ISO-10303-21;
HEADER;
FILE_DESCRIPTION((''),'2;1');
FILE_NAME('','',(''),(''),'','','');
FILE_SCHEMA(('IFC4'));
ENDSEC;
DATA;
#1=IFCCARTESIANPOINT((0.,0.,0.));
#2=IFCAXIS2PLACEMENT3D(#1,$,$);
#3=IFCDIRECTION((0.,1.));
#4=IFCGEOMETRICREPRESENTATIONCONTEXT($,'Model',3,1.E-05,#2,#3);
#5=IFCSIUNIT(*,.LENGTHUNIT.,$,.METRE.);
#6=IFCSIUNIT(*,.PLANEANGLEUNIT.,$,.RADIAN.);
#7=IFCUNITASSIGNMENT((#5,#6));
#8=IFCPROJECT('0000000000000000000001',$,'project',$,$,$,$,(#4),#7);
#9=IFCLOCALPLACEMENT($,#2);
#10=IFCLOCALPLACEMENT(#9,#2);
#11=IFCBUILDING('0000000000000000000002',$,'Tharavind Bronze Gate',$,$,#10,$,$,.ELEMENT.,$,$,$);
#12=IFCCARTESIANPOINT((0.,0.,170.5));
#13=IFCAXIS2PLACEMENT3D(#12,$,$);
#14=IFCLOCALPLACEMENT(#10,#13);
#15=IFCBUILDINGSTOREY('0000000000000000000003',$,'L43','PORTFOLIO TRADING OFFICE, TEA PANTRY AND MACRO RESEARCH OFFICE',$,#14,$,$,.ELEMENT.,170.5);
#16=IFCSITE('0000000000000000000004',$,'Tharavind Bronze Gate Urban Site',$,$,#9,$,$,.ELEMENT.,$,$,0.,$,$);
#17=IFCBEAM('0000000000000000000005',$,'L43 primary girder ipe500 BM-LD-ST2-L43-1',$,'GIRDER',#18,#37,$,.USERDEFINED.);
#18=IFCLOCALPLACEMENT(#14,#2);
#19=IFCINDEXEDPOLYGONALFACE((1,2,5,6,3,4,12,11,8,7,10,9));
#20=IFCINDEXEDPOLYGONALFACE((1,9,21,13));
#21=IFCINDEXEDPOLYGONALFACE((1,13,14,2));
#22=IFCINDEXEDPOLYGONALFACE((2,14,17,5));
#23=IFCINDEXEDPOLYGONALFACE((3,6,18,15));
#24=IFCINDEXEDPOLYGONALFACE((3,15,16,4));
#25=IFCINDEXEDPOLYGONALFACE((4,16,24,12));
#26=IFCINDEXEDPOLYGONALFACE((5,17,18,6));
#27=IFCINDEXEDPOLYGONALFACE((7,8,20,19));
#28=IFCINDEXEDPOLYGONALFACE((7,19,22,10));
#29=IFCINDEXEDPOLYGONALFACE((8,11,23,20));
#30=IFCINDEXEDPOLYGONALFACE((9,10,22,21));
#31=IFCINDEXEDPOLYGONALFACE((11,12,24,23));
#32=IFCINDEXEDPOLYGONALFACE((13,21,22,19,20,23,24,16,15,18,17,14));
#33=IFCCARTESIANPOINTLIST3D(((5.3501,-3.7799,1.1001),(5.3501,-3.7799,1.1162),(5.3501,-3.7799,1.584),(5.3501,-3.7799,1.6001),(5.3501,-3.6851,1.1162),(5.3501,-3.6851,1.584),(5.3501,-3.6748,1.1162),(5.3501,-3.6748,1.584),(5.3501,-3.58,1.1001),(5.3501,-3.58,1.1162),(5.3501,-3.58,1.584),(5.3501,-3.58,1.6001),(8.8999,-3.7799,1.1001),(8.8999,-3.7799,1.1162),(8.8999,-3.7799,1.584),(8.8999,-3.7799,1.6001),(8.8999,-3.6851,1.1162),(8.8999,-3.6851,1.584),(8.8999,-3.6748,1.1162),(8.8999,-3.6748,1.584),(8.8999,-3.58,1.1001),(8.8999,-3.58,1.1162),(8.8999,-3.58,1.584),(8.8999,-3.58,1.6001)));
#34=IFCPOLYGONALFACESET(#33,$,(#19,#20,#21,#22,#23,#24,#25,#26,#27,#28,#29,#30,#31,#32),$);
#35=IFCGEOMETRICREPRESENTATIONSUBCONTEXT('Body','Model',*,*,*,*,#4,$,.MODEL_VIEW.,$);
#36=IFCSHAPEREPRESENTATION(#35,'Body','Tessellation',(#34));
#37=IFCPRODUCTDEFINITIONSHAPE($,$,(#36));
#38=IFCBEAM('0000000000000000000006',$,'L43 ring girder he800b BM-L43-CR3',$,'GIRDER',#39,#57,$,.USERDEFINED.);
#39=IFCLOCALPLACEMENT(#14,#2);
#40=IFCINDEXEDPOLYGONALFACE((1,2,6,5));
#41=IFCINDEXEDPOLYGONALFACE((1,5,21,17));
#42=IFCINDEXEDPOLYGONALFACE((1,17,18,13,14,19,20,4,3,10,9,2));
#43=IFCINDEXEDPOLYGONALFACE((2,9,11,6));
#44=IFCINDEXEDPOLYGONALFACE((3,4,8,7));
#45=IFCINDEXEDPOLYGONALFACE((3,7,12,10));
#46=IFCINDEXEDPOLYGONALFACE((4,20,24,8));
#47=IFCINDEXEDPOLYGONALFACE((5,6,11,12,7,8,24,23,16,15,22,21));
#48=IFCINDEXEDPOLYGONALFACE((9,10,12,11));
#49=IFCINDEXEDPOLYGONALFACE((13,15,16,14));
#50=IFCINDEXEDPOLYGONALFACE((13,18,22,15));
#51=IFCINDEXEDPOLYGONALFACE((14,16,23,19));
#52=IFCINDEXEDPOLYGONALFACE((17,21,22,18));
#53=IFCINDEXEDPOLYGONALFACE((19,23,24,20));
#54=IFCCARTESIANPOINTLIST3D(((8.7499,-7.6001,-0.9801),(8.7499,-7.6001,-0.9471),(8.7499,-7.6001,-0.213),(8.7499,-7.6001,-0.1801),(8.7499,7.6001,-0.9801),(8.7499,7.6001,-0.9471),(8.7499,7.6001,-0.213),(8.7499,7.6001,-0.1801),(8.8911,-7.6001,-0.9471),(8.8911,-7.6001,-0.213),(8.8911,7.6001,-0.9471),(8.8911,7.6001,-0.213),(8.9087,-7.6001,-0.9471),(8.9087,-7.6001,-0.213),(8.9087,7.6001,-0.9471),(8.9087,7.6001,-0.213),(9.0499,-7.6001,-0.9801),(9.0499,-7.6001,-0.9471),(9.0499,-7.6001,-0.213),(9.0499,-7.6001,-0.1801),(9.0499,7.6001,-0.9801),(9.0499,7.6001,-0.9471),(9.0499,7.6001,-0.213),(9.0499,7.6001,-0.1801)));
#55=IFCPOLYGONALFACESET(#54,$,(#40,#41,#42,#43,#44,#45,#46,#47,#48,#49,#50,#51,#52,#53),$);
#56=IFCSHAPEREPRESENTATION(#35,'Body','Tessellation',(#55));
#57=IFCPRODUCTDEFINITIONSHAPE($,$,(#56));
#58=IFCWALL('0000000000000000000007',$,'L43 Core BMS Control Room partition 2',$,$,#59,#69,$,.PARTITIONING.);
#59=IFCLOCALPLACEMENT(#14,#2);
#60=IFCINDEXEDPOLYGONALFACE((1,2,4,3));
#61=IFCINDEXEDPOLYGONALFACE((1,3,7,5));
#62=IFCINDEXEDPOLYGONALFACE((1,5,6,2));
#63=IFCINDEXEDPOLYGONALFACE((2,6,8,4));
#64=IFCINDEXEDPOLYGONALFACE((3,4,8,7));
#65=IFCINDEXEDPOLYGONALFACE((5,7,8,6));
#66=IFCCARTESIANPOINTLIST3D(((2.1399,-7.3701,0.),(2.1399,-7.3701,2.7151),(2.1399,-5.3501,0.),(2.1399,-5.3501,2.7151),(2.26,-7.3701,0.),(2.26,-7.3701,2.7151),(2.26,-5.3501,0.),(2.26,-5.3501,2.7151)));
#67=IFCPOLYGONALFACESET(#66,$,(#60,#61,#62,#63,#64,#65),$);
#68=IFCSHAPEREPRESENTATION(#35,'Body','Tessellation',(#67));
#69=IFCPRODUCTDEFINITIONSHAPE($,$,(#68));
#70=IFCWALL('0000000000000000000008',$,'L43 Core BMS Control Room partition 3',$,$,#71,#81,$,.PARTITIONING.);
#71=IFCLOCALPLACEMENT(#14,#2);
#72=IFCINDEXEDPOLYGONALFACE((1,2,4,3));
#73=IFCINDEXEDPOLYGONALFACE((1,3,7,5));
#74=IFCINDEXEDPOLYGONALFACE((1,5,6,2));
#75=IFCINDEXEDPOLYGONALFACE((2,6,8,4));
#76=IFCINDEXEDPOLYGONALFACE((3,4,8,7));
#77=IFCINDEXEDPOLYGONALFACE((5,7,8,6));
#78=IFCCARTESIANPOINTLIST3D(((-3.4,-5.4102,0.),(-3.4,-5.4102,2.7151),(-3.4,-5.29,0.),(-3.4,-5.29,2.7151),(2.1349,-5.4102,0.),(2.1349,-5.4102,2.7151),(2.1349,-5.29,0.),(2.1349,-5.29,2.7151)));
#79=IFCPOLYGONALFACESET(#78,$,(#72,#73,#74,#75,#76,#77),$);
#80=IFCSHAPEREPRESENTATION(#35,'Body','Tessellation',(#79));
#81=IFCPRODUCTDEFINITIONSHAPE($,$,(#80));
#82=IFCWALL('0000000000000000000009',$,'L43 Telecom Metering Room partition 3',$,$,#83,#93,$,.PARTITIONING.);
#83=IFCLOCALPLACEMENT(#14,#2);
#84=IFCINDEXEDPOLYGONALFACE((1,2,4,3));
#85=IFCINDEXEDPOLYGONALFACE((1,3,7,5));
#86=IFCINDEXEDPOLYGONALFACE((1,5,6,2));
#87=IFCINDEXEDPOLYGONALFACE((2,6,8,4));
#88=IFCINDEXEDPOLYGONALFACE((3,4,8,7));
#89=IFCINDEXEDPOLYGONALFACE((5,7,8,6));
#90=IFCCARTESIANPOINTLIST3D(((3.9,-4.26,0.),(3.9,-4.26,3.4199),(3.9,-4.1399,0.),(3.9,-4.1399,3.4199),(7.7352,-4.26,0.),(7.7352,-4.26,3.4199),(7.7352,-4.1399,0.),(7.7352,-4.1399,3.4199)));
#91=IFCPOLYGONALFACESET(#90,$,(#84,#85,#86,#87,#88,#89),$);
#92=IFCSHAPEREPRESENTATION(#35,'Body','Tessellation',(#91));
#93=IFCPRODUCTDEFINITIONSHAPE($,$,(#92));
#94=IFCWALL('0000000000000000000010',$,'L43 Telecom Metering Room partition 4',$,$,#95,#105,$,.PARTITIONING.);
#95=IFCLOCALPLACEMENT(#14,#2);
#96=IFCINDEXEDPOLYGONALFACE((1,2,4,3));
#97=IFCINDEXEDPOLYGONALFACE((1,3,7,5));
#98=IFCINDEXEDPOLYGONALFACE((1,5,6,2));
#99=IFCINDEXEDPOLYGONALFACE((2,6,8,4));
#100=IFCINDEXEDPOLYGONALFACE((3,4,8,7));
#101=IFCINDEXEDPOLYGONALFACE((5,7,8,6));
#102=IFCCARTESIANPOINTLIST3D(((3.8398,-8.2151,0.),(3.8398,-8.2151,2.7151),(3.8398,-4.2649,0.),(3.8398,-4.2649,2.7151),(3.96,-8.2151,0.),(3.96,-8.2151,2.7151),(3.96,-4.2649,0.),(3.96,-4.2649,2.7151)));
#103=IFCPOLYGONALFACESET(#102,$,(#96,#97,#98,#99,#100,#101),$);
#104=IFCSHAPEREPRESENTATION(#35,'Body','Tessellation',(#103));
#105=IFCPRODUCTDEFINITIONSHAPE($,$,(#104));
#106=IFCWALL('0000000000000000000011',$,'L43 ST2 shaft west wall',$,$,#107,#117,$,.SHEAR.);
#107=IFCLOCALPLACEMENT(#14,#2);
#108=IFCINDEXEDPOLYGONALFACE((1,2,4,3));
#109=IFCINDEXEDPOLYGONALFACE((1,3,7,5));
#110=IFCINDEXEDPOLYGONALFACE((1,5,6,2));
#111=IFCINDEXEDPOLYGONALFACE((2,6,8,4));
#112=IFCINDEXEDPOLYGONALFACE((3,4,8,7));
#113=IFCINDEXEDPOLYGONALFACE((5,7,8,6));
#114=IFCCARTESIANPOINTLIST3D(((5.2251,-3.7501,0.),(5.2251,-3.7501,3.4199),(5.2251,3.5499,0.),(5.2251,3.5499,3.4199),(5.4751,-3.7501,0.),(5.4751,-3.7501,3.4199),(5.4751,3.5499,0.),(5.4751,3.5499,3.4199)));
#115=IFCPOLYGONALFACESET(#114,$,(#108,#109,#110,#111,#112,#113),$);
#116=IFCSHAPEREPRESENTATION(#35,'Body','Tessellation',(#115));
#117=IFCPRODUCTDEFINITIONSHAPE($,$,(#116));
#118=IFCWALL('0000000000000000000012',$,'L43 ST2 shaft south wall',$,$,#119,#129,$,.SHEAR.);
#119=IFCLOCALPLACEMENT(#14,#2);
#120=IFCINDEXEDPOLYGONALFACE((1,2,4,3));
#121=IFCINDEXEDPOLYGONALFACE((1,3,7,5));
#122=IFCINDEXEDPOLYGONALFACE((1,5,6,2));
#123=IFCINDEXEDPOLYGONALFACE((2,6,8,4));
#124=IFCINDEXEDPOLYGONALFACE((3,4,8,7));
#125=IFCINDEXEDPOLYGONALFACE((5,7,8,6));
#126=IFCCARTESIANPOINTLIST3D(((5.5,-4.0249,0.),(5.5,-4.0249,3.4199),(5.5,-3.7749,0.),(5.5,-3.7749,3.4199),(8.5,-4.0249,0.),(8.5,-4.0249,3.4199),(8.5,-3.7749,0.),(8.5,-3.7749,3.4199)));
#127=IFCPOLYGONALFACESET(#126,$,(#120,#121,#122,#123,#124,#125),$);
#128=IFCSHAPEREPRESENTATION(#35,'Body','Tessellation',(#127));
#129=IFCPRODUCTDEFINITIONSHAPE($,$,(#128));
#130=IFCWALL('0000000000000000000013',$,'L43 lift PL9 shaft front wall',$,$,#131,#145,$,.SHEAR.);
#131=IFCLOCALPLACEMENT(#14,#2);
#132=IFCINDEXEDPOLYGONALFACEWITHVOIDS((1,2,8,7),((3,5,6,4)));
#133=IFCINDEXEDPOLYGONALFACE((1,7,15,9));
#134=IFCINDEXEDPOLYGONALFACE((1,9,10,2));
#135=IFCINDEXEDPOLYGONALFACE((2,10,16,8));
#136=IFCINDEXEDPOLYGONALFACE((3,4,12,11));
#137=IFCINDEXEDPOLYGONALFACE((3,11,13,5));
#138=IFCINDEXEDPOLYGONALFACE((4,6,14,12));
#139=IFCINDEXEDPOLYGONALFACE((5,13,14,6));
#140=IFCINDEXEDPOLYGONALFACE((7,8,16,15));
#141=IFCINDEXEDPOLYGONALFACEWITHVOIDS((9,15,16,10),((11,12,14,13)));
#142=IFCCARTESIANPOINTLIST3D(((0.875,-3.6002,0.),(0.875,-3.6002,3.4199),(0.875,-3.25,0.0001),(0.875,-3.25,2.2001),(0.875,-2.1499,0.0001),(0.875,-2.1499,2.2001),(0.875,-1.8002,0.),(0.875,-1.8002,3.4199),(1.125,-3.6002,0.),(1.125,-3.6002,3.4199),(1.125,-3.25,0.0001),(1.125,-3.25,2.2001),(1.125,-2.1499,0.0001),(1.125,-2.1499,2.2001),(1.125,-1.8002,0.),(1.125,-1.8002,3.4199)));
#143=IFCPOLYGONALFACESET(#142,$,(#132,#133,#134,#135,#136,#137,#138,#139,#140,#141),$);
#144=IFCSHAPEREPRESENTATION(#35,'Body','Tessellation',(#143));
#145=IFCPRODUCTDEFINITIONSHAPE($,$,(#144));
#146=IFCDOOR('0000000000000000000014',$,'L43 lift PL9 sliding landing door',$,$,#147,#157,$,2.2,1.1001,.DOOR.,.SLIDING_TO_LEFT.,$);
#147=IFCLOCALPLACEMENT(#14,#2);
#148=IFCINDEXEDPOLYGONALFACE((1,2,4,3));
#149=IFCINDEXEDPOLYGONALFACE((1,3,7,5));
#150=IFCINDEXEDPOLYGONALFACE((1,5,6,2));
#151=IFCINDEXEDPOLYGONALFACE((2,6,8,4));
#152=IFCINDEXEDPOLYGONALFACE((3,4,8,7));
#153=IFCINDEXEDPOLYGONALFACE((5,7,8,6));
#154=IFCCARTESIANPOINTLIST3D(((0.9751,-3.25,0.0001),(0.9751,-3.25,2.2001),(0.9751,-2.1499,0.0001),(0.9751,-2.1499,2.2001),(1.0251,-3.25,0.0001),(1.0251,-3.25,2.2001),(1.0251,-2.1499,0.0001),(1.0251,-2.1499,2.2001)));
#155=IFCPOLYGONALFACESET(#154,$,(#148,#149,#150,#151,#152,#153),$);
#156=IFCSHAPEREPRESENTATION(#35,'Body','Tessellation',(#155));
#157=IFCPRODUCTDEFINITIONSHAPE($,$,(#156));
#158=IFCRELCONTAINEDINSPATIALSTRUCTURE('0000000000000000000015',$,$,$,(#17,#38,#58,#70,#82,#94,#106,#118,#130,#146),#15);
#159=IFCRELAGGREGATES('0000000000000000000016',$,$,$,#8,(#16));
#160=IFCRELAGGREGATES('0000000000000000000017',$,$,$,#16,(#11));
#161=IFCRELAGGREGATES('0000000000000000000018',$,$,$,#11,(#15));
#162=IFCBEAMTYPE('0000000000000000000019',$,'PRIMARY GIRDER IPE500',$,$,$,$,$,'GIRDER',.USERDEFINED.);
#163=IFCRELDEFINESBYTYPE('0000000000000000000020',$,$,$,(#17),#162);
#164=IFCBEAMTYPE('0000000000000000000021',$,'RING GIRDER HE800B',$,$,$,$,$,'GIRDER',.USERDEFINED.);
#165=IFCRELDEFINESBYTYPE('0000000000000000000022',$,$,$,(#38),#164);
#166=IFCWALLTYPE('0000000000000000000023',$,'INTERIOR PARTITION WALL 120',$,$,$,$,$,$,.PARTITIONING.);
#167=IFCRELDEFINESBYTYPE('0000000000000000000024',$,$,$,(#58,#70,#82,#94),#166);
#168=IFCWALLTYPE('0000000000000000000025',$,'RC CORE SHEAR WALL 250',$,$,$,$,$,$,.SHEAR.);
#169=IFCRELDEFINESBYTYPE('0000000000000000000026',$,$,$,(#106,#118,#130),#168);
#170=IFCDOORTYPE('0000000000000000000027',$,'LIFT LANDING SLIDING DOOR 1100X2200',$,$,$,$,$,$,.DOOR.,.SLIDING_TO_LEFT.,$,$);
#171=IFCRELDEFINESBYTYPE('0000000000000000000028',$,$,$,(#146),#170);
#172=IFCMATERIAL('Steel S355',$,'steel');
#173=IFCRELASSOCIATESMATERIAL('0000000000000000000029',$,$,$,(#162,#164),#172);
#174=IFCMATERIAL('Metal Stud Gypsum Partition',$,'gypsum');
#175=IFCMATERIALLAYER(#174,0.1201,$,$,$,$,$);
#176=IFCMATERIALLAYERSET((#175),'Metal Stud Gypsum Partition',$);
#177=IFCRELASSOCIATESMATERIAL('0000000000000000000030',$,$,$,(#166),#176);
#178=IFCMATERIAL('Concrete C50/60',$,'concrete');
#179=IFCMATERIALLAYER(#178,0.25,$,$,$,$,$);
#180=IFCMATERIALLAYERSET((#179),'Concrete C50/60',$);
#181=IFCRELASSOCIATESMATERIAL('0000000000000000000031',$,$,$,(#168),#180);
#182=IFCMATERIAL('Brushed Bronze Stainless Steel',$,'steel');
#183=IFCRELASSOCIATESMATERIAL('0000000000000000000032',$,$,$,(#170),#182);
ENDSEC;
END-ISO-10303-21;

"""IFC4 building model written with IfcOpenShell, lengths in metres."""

from ifc_helpers import new_model, si_unit, direction, frame, frame_2d, origin, origin_2d, place, context, subcontext, project, spatial, rectangle, i_section, extrude, material, layer, layer_set, material_profile, profile_set, type_object, element, fill, save


model = new_model("IFC4")

# Units and contexts
model_context = context("Model", 3, precision=1e-05, world=origin(), true_north=direction((0.0, 1.0)))
body_context = subcontext(model_context, "Body", "Model", "MODEL_VIEW")
ifc_project = project(units=[si_unit("LENGTHUNIT", "METRE"), si_unit("PLANEANGLEUNIT", "RADIAN")], contexts=[model_context])

# Site, building, storey
site_placement = place(None, origin())
site = spatial("IfcSite", under=ifc_project, at=site_placement, Name="Tharavind Bronze Gate Urban Site", CompositionType="ELEMENT", RefElevation=0.0)
building_placement = place(site_placement, origin())
building = spatial("IfcBuilding", under=site, at=building_placement, Name="Tharavind Bronze Gate", CompositionType="ELEMENT")
storey_placement = place(building_placement, frame((0.0, 0.0, 170.5)))
storey = spatial("IfcBuildingStorey", under=building, at=storey_placement, Name="L43", Description="PORTFOLIO TRADING OFFICE, TEA PANTRY AND MACRO RESEARCH OFFICE", CompositionType="ELEMENT", Elevation=170.5)

# Beams
ifc_material_1 = material(Name="Steel S355", Category="steel")
ifc_material_profile_1 = material_profile(ifc_material_1, i_section(OverallWidth=0.2, OverallDepth=0.5, WebThickness=0.0103, FlangeThickness=0.0161, at=origin_2d()), Name="IPE500")
ifc_profile_set_1 = profile_set([ifc_material_profile_1], Name="Steel S355")
beam_type_1 = type_object("IfcBeamType", Name="PRIMARY GIRDER IPE500", ElementType="GIRDER", PredefinedType="USERDEFINED", material=ifc_profile_set_1)
beam_1_placement = place(storey_placement, frame((5.3501, -3.6799, 1.3501), z_axis=(1.0, 0.0, 0.0), x_axis=(0.0, 1.0, 0.0)))
element("IfcBeam", 1, at=beam_1_placement, inside=storey, type_object=beam_type_1, Name="L43 primary girder ipe500 BM-LD-ST2-L43-1", ObjectType="GIRDER", PredefinedType="USERDEFINED", context=body_context, shape_type="SweptSolid", body=[
    extrude(i_section(OverallWidth=0.2, OverallDepth=0.5, WebThickness=0.0103, FlangeThickness=0.0161, at=origin_2d()), origin(), (0.0, 0.0, 1.0), 3.5498),
])
ifc_material_profile_2 = material_profile(ifc_material_1, i_section(OverallWidth=0.3, OverallDepth=0.8, WebThickness=0.0176, FlangeThickness=0.033, at=origin_2d()), Name="HE800B")
ifc_profile_set_2 = profile_set([ifc_material_profile_2], Name="Steel S355")
beam_type_2 = type_object("IfcBeamType", Name="RING GIRDER HE800B", ElementType="GIRDER", PredefinedType="USERDEFINED", material=ifc_profile_set_2)
beam_2_placement = place(storey_placement, frame((8.8999, -7.6001, -0.5801), z_axis=(0.0, 1.0, 0.0), x_axis=(-1.0, 0.0, 0.0)))
element("IfcBeam", 2, at=beam_2_placement, inside=storey, type_object=beam_type_2, Name="L43 ring girder he800b BM-L43-CR3", ObjectType="GIRDER", PredefinedType="USERDEFINED", context=body_context, shape_type="SweptSolid", body=[
    extrude(i_section(OverallWidth=0.3, OverallDepth=0.8, WebThickness=0.0176, FlangeThickness=0.033, at=origin_2d()), origin(), (0.0, 0.0, 1.0), 15.2002),
])

# Walls
ifc_material_2 = material(Name="Metal Stud Gypsum Partition", Category="gypsum")
ifc_layer_1 = layer(ifc_material_2, 0.1201)
ifc_layer_set_1 = layer_set([ifc_layer_1], Name="Metal Stud Gypsum Partition")
wall_type_1 = type_object("IfcWallType", Name="INTERIOR PARTITION WALL 120", PredefinedType="PARTITIONING", material=ifc_layer_set_1)
wall_1_placement = place(storey_placement, frame((2.2, -7.3701, 0.0), z_axis=(0.0, 0.0, 1.0), x_axis=(0.0, 1.0, 0.0)))
element("IfcWall", 3, at=wall_1_placement, inside=storey, type_object=wall_type_1, Name="L43 Core BMS Control Room partition 2", PredefinedType="PARTITIONING", context=body_context, shape_type="SweptSolid", body=[
    extrude(rectangle(XDim=2.02, YDim=0.1201, at=frame_2d((1.01, 0.0))), origin(), (0.0, 0.0, 1.0), 2.7151),
])
wall_2_placement = place(storey_placement, frame((2.135, -5.3501, 0.0), z_axis=(0.0, 0.0, 1.0), x_axis=(-1.0, 0.0, 0.0)))
element("IfcWall", 4, at=wall_2_placement, inside=storey, type_object=wall_type_1, Name="L43 Core BMS Control Room partition 3", PredefinedType="PARTITIONING", context=body_context, shape_type="SweptSolid", body=[
    extrude(rectangle(XDim=5.5349, YDim=0.1201, at=frame_2d((2.7676, 0.0))), origin(), (0.0, 0.0, 1.0), 2.7151),
])
wall_3_placement = place(storey_placement, frame((7.7351, -4.2, 0.0), z_axis=(0.0, 0.0, 1.0), x_axis=(-1.0, 0.0, 0.0)))
element("IfcWall", 5, at=wall_3_placement, inside=storey, type_object=wall_type_1, Name="L43 Telecom Metering Room partition 3", PredefinedType="PARTITIONING", context=body_context, shape_type="SweptSolid", body=[
    extrude(rectangle(XDim=3.8352, YDim=0.1201, at=frame_2d((1.9175, 0.0))), origin(), (0.0, 0.0, 1.0), 3.4199),
])
wall_4_placement = place(storey_placement, frame((3.8999, -4.2649, 0.0), z_axis=(0.0, 0.0, 1.0), x_axis=(0.0, -1.0, 0.0)))
element("IfcWall", 6, at=wall_4_placement, inside=storey, type_object=wall_type_1, Name="L43 Telecom Metering Room partition 4", PredefinedType="PARTITIONING", context=body_context, shape_type="SweptSolid", body=[
    extrude(rectangle(XDim=3.9502, YDim=0.1201, at=frame_2d((1.9751, 0.0))), origin(), (0.0, 0.0, 1.0), 2.7151),
])
ifc_material_3 = material(Name="Concrete C50/60", Category="concrete")
ifc_layer_2 = layer(ifc_material_3, 0.25)
ifc_layer_set_2 = layer_set([ifc_layer_2], Name="Concrete C50/60")
wall_type_2 = type_object("IfcWallType", Name="RC CORE SHEAR WALL 250", PredefinedType="SHEAR", material=ifc_layer_set_2)
wall_5_placement = place(storey_placement, frame((5.3501, -3.75, 0.0), z_axis=(0.0, 0.0, 1.0), x_axis=(0.0, 1.0, 0.0)))
element("IfcWall", 7, at=wall_5_placement, inside=storey, type_object=wall_type_2, Name="L43 ST2 shaft west wall", PredefinedType="SHEAR", context=body_context, shape_type="SweptSolid", body=[
    extrude(rectangle(XDim=7.3, YDim=0.25, at=frame_2d((3.6499, 0.0))), origin(), (0.0, 0.0, 1.0), 3.4199),
])
wall_6_placement = place(storey_placement, frame((5.5, -3.8999, 0.0), z_axis=(0.0, 0.0, 1.0), x_axis=(1.0, 0.0, 0.0)))
element("IfcWall", 8, at=wall_6_placement, inside=storey, type_object=wall_type_2, Name="L43 ST2 shaft south wall", PredefinedType="SHEAR", context=body_context, shape_type="SweptSolid", body=[
    extrude(rectangle(XDim=3.0, YDim=0.25, at=frame_2d((1.5, 0.0))), origin(), (0.0, 0.0, 1.0), 3.4199),
])

# Wall, opening, door
wall_7_placement = place(storey_placement, frame((1.0, -3.6001, 0.0), z_axis=(0.0, 0.0, 1.0), x_axis=(0.0, 1.0, 0.0)))
wall_7 = element("IfcWall", 9, at=wall_7_placement, inside=storey, type_object=wall_type_2, Name="L43 lift PL9 shaft front wall", PredefinedType="SHEAR", context=body_context, shape_type="SweptSolid", body=[
    extrude(rectangle(XDim=1.8, YDim=0.25, at=frame_2d((0.8999, 0.0))), origin(), (0.0, 0.0, 1.0), 3.4199),
])
opening_1_placement = place(wall_7_placement, frame((0.3501, 0.0, 0.0)))
opening_1 = element("IfcOpeningElement", 10, at=opening_1_placement, cuts=wall_7, PredefinedType="OPENING", context=body_context, shape_type="SweptSolid", body=[
    extrude(rectangle(XDim=1.1001, YDim=2.2, at=frame_2d((0.55, 1.1001))), frame((0.0, 0.135, 0.0), z_axis=(0.0, -1.0, 0.0), x_axis=(1.0, 0.0, 0.0)), (0.0, 0.0, 1.0), 0.27),
])
ifc_material_4 = material(Name="Brushed Bronze Stainless Steel", Category="steel")
door_type = type_object("IfcDoorType", Name="LIFT LANDING SLIDING DOOR 1100X2200", OperationType="SLIDING_TO_LEFT", PredefinedType="DOOR", material=ifc_material_4)
door_1_placement = place(opening_1_placement, origin())
door_1 = element("IfcDoor", 11, at=door_1_placement, inside=storey, type_object=door_type, Name="L43 lift PL9 sliding landing door", OperationType="SLIDING_TO_LEFT", OverallHeight=2.2, OverallWidth=1.1001, PredefinedType="DOOR", context=body_context, shape_type="SweptSolid", body=[
    extrude(rectangle(XDim=1.1001, YDim=2.2, at=frame_2d((0.55, 1.1001))), frame((0.0, 0.0249, 0.0), z_axis=(0.0, -1.0, 0.0), x_axis=(1.0, 0.0, 0.0)), (0.0, 0.0, 1.0), 0.05),
])
fill(opening_1, door_1)

save(model, "model.ifc")
